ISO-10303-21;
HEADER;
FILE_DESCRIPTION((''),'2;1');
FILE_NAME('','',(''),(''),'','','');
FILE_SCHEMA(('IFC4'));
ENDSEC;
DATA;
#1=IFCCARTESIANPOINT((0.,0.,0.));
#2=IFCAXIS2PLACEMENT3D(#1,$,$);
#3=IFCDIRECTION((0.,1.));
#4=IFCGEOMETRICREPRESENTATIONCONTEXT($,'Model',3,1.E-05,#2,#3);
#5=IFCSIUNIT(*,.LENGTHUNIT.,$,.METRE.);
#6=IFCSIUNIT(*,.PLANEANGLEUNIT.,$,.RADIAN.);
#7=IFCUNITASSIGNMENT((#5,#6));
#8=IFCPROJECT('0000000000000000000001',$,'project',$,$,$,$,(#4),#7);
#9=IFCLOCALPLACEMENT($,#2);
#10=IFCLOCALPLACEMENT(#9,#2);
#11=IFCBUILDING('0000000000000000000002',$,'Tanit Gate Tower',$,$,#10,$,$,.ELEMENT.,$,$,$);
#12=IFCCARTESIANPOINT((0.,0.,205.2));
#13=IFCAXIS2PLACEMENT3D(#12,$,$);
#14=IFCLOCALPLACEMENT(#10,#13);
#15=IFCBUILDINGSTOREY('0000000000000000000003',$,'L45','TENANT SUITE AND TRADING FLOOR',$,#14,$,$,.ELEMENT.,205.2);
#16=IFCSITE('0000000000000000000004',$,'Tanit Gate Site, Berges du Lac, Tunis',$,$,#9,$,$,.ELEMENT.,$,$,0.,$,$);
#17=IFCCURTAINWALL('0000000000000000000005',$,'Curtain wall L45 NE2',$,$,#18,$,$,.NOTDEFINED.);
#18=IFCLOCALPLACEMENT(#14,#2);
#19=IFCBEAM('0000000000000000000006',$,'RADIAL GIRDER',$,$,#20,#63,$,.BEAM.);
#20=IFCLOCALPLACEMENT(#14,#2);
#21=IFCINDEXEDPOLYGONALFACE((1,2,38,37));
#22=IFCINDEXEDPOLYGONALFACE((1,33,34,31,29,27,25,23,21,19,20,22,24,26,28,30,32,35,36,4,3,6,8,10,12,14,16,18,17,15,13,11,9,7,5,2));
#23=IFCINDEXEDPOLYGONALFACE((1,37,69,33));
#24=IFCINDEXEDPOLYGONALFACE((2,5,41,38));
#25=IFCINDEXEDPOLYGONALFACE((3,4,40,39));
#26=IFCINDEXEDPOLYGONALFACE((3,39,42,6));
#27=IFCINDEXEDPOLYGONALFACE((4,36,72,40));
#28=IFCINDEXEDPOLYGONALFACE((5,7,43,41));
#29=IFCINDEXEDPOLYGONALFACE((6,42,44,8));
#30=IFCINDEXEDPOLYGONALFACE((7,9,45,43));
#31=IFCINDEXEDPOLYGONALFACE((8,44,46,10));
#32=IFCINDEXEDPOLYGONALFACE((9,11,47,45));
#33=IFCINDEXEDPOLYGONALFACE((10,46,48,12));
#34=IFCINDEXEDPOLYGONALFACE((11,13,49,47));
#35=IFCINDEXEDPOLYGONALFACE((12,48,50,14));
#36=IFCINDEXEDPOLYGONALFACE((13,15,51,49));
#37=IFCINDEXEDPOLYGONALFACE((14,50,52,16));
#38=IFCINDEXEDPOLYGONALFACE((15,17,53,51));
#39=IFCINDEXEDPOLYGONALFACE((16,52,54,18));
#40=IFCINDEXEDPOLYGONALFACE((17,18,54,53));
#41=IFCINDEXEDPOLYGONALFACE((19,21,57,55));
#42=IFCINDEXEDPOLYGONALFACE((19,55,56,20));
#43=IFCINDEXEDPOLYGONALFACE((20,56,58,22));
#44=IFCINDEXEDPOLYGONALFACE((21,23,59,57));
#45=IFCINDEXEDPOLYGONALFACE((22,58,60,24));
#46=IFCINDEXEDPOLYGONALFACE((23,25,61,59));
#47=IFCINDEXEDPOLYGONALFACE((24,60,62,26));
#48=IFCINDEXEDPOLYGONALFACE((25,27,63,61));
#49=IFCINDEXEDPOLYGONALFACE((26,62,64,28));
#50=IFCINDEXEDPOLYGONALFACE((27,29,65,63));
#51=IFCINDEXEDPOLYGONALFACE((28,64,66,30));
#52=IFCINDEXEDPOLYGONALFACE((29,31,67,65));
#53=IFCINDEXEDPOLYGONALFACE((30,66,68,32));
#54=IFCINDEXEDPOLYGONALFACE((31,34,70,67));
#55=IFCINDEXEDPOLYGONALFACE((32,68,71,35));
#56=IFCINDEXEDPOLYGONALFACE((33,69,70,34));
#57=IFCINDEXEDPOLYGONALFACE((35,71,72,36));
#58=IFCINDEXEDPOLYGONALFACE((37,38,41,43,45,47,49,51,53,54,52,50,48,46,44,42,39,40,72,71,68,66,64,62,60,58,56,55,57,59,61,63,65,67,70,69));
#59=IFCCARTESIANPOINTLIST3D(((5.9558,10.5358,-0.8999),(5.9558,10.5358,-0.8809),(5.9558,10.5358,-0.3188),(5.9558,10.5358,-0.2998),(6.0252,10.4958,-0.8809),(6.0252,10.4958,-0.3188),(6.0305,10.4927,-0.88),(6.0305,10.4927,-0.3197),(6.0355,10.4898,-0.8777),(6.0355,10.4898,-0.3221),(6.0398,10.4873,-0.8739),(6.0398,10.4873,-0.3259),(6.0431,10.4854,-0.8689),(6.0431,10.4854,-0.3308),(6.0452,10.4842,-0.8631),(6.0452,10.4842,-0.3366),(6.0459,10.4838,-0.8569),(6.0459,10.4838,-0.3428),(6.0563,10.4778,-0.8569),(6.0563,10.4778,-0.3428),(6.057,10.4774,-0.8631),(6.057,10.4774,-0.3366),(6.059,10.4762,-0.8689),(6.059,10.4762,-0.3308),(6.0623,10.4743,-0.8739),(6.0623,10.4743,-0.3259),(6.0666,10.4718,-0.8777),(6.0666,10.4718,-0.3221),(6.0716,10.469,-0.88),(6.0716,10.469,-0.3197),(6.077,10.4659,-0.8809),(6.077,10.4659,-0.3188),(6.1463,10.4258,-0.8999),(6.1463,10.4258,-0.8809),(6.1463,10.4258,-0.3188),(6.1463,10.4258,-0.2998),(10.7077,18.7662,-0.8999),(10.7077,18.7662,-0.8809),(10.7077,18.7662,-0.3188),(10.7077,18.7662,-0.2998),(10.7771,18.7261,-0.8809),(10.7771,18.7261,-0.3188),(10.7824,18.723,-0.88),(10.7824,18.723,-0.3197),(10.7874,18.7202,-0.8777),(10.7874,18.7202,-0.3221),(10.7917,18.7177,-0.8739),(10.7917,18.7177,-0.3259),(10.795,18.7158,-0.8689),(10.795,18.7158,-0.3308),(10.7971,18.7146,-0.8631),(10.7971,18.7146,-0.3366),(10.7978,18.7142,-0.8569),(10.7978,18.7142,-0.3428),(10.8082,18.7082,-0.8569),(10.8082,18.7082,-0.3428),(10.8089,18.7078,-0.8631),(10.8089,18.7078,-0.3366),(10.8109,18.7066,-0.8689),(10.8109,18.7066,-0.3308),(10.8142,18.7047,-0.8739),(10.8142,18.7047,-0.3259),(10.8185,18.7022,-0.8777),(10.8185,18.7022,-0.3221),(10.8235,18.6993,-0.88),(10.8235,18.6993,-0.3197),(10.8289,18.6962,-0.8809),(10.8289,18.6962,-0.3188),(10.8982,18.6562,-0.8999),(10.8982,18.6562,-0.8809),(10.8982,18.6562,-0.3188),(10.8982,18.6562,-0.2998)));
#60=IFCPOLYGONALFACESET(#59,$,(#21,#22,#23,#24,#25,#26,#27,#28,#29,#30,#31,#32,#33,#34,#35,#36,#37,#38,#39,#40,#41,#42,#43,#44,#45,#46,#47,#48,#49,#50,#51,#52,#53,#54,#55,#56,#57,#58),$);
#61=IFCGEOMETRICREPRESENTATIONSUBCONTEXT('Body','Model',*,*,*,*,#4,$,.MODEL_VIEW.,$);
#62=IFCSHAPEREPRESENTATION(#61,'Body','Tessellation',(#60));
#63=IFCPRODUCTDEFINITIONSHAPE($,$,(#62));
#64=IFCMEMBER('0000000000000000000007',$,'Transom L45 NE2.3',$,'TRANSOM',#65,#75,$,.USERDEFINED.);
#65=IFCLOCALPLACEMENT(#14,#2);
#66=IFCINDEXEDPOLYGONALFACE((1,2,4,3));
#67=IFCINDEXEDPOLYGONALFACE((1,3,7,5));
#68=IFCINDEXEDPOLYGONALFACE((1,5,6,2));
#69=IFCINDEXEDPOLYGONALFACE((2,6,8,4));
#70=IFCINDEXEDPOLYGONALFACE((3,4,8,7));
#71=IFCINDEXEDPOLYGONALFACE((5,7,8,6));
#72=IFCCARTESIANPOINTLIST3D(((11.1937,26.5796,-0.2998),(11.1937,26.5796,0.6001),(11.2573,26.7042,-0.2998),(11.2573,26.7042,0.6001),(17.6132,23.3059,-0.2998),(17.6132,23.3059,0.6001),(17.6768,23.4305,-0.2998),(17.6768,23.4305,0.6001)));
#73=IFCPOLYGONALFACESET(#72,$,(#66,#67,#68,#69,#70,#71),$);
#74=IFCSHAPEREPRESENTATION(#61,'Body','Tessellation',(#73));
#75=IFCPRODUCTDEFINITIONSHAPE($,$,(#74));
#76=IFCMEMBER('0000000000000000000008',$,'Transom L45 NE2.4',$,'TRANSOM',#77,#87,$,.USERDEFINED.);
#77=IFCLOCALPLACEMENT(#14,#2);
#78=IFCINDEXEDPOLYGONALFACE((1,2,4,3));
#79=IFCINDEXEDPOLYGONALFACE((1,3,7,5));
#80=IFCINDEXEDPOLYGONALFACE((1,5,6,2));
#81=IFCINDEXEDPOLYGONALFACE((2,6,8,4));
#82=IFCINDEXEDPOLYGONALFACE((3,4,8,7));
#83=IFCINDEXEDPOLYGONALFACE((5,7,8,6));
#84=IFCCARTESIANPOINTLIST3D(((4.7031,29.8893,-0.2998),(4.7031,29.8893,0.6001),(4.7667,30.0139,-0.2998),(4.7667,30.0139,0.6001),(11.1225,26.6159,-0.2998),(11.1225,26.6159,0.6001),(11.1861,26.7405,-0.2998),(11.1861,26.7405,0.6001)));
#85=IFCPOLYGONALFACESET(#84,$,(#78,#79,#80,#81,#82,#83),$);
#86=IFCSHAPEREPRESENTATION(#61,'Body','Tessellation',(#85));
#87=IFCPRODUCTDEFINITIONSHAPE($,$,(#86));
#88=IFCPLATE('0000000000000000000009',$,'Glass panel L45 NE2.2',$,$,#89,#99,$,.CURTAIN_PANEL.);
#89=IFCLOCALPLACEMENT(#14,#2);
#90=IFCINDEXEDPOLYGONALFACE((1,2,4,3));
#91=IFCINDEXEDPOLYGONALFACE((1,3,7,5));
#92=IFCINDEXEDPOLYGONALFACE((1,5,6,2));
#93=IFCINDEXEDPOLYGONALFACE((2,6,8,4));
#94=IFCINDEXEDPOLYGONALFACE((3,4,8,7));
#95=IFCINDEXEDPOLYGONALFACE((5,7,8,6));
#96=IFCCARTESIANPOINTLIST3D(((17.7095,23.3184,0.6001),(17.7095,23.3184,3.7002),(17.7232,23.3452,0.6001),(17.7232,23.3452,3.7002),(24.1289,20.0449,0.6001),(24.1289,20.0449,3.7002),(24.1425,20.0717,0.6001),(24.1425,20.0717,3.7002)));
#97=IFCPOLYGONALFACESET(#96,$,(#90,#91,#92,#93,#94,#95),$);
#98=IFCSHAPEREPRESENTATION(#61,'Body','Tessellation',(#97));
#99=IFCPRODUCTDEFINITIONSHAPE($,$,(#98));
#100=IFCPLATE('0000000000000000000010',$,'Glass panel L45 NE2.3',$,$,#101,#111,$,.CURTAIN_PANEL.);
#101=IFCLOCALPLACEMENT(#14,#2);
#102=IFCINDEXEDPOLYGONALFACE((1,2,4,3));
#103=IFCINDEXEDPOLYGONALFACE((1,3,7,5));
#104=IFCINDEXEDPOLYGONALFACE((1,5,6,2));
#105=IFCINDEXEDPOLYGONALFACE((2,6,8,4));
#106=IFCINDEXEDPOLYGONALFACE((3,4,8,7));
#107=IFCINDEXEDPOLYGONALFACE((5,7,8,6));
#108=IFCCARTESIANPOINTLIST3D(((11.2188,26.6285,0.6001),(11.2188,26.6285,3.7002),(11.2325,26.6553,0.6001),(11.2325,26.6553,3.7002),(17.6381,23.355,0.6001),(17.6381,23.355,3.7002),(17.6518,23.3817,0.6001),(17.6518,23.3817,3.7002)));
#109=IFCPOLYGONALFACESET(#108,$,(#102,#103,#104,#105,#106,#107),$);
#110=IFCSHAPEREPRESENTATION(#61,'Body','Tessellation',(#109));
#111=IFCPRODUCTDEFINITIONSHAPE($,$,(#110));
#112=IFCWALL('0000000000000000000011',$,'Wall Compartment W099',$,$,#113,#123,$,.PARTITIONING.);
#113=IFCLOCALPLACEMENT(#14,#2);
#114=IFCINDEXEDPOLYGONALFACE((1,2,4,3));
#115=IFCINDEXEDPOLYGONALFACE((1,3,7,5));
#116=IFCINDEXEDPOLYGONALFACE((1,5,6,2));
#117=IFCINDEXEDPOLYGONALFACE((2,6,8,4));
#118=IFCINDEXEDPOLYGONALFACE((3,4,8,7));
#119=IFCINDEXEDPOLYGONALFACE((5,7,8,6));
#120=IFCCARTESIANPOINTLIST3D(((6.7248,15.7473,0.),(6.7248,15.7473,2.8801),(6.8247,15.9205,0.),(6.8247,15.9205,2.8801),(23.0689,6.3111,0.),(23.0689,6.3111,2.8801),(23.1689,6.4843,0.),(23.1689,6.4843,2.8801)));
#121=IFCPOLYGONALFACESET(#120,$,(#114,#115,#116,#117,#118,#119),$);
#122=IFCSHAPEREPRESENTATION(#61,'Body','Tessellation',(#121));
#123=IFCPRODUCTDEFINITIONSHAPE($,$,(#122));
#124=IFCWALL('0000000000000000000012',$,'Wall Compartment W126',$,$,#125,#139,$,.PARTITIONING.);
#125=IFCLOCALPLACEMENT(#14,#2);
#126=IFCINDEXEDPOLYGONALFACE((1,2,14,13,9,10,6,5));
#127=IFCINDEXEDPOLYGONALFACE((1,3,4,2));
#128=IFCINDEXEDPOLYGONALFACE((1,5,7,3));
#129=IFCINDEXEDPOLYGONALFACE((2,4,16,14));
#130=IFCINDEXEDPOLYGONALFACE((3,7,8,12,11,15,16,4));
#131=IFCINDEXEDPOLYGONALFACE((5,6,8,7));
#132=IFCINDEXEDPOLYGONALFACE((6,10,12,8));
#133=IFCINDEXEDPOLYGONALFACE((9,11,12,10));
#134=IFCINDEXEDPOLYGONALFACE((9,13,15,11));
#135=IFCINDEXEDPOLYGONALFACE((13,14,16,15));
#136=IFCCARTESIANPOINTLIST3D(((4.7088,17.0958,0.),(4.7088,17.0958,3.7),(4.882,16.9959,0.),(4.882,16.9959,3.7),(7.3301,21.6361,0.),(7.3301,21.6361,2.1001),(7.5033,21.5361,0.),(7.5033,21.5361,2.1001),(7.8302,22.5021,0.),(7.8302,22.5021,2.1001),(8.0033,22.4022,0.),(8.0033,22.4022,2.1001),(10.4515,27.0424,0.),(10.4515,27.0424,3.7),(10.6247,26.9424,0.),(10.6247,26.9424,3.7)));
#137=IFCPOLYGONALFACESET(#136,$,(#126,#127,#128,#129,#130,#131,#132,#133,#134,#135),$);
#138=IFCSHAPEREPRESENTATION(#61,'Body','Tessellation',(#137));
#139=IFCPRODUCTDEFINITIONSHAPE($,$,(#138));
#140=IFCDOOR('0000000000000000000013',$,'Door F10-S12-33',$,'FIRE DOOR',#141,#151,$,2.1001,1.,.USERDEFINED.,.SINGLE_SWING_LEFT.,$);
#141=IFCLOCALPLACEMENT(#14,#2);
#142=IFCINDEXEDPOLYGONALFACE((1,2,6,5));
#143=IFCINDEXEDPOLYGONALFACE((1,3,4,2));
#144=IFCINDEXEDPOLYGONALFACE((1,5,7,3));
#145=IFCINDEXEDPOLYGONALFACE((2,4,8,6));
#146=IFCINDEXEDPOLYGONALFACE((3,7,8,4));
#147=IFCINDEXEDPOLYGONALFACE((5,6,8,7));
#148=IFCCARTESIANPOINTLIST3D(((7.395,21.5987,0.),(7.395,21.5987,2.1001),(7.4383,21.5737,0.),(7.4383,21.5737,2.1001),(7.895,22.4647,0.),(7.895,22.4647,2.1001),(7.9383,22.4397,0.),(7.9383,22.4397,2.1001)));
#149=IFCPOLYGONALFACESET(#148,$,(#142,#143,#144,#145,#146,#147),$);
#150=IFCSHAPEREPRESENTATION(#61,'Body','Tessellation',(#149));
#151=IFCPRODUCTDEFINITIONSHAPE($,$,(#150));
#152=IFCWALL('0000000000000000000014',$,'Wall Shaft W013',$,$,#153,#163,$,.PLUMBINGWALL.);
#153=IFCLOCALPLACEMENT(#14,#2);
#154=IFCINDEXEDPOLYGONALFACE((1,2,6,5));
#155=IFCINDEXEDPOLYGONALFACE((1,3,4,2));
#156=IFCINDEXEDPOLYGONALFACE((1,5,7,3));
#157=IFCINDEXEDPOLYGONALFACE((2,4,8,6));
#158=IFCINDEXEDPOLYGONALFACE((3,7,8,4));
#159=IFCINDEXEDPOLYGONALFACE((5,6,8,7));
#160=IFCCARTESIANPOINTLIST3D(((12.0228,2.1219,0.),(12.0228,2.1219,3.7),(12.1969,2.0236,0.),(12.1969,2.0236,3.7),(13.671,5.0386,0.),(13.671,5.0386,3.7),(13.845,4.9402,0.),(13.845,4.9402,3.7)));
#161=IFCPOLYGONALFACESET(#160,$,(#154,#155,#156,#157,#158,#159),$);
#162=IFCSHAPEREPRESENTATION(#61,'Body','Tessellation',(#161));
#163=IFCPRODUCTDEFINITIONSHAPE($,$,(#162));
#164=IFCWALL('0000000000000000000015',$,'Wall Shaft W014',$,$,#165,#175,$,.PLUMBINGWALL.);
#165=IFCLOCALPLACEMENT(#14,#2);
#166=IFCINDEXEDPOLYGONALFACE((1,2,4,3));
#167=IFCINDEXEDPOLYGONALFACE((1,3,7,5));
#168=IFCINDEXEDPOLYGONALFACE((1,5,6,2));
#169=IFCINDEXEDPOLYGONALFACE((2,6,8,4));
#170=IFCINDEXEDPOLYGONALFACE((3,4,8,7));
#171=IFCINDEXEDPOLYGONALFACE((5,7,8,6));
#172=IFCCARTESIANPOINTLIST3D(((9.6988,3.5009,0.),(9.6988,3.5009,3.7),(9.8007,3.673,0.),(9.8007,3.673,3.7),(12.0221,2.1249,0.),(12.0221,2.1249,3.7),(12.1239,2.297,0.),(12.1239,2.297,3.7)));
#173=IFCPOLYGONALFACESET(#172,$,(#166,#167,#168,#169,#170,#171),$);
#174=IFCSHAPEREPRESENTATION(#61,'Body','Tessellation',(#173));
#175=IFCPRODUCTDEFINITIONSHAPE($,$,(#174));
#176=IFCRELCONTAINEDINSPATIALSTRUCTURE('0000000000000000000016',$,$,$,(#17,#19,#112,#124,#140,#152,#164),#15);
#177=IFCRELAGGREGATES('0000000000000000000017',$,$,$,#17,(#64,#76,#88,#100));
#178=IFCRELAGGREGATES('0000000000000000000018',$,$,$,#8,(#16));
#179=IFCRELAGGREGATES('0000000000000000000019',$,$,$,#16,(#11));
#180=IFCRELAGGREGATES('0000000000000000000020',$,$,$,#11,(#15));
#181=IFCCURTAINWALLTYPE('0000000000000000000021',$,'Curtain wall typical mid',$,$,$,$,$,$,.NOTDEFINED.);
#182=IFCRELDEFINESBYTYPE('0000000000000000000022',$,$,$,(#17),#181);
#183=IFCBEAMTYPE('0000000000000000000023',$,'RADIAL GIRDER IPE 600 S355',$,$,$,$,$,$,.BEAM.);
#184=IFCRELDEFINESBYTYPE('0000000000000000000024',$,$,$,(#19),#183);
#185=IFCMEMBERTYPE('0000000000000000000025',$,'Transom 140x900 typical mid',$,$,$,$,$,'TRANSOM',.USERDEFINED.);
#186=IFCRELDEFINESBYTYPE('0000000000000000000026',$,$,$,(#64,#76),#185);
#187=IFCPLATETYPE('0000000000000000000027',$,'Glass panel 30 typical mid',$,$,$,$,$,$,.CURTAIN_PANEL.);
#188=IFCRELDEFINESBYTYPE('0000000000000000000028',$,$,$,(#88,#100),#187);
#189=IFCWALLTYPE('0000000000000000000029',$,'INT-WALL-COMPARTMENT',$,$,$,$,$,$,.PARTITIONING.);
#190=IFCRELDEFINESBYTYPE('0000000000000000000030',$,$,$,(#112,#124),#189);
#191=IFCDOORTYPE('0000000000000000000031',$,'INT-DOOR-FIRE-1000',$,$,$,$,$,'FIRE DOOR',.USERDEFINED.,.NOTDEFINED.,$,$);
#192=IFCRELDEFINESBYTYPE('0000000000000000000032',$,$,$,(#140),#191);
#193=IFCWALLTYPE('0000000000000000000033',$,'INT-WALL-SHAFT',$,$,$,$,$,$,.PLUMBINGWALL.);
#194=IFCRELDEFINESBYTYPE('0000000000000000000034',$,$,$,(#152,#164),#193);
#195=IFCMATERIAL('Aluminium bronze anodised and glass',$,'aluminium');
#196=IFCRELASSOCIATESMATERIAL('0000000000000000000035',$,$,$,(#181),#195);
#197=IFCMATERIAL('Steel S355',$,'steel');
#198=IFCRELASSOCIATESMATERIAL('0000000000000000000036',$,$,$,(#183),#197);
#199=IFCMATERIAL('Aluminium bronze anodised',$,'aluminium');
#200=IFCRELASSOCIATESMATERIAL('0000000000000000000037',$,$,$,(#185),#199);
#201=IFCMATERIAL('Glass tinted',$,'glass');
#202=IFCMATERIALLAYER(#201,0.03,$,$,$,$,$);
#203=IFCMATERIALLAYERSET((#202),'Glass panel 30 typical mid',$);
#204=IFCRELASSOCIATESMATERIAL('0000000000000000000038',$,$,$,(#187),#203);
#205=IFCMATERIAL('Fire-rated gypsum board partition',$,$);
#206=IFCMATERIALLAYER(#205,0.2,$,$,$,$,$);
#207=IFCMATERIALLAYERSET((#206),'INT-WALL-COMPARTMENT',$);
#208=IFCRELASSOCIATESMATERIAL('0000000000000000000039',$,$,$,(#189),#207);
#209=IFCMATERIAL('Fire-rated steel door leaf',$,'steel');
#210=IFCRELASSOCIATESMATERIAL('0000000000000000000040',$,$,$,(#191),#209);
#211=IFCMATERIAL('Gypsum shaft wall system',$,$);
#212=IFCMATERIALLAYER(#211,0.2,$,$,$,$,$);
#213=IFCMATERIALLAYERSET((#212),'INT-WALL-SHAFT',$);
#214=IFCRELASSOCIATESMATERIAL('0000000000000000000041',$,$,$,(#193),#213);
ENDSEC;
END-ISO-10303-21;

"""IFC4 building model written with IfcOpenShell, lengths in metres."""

from ifc_helpers import new_model, si_unit, direction, frame, frame_2d, origin, origin_2d, place, context, subcontext, project, spatial, rectangle, i_section, extrude, material, layer, layer_set, material_profile, profile_set, type_object, element, fill, aggregate, save


model = new_model("IFC4")

# Units and contexts
model_context = context("Model", 3, precision=1e-05, world=origin(), true_north=direction((0.0, 1.0)))
body_context = subcontext(model_context, "Body", "Model", "MODEL_VIEW")
ifc_project = project(units=[si_unit("LENGTHUNIT", "METRE"), si_unit("PLANEANGLEUNIT", "RADIAN")], contexts=[model_context])

# Site, building, storey
site_placement = place(None, origin())
site = spatial("IfcSite", under=ifc_project, at=site_placement, Name="Tanit Gate Site, Berges du Lac, Tunis", CompositionType="ELEMENT", RefElevation=0.0)
building_placement = place(site_placement, origin())
building = spatial("IfcBuilding", under=site, at=building_placement, Name="Tanit Gate Tower", CompositionType="ELEMENT")
storey_placement = place(building_placement, frame((0.0, 0.0, 205.2)))
storey = spatial("IfcBuildingStorey", under=building, at=storey_placement, Name="L45", Description="TENANT SUITE AND TRADING FLOOR", CompositionType="ELEMENT", Elevation=205.2)

# Curtain wall
ifc_material_1 = material(Name="Aluminium bronze anodised and glass", Category="aluminium")
curtain_wall_type = type_object("IfcCurtainWallType", Name="Curtain wall typical mid", PredefinedType="NOTDEFINED", material=ifc_material_1)
curtain_wall_placement = place(storey_placement, origin())
curtain_wall = element("IfcCurtainWall", 1, at=curtain_wall_placement, inside=storey, type_object=curtain_wall_type, Name="Curtain wall L45 NE2", PredefinedType="NOTDEFINED")

# Beam
ifc_material_2 = material(Name="Steel S355", Category="steel")
ifc_material_profile_1 = material_profile(ifc_material_2, i_section(OverallWidth=0.22, OverallDepth=0.6001, WebThickness=0.012, FlangeThickness=0.019, FilletRadius=0.0239, at=origin_2d()), Name="IPE 600")
ifc_profile_set_1 = profile_set([ifc_material_profile_1], Name="Steel S355")
beam_type_1 = type_object("IfcBeamType", Name="RADIAL GIRDER IPE 600 S355", PredefinedType="BEAM", material=ifc_profile_set_1)
beam_1_placement = place(storey_placement, frame((10.803, 18.7112, -0.5999), z_axis=(-0.500007, -0.866021, 0.0), x_axis=(0.866021, -0.500007, 0.0)))
element("IfcBeam", 2, at=beam_1_placement, inside=storey, type_object=beam_type_1, Name="RADIAL GIRDER", PredefinedType="BEAM", context=body_context, shape_type="SweptSolid", body=[
    extrude(i_section(OverallWidth=0.22, OverallDepth=0.6001, WebThickness=0.012, FlangeThickness=0.019, FilletRadius=0.0239, at=origin_2d()), origin(), (0.0, 0.0, 1.0), 9.5037),
])

# Members
ifc_material_3 = material(Name="Aluminium bronze anodised", Category="aluminium")
ifc_material_profile_2 = material_profile(ifc_material_3, rectangle(XDim=0.1399, YDim=0.8999, at=origin_2d()), Name="140x900 bronze transom")
ifc_profile_set_2 = profile_set([ifc_material_profile_2], Name="Aluminium bronze anodised")
member_type_1 = type_object("IfcMemberType", Name="Transom 140x900 typical mid", ElementType="TRANSOM", PredefinedType="USERDEFINED", material=ifc_profile_set_2)
member_1_placement = place(storey_placement, frame((17.645, 23.3682, 0.1501), z_axis=(-0.890848, 0.454301, 0.0), x_axis=(-0.454301, -0.890848, 0.0)))
member_1 = element("IfcMember", 3, at=member_1_placement, type_object=member_type_1, Name="Transom L45 NE2.3", ObjectType="TRANSOM", PredefinedType="USERDEFINED", context=body_context, shape_type="SweptSolid", body=[
    extrude(rectangle(XDim=0.1399, YDim=0.8999, at=origin_2d()), origin(), (0.0, 0.0, 1.0), 7.2061),
])
member_2_placement = place(storey_placement, frame((11.1543, 26.6782, 0.1501), z_axis=(-0.890862, 0.454274, 0.0), x_axis=(-0.454274, -0.890862, 0.0)))
member_2 = element("IfcMember", 4, at=member_2_placement, type_object=member_type_1, Name="Transom L45 NE2.4", ObjectType="TRANSOM", PredefinedType="USERDEFINED", context=body_context, shape_type="SweptSolid", body=[
    extrude(rectangle(XDim=0.1399, YDim=0.8999, at=origin_2d()), origin(), (0.0, 0.0, 1.0), 7.2058),
])

# Plates
ifc_material_4 = material(Name="Glass tinted", Category="glass")
ifc_layer_1 = layer(ifc_material_4, 0.03)
ifc_layer_set_1 = layer_set([ifc_layer_1], Name="Glass panel 30 typical mid")
plate_type = type_object("IfcPlateType", Name="Glass panel 30 typical mid", PredefinedType="CURTAIN_PANEL", material=ifc_layer_set_1)
plate_1_placement = place(storey_placement, frame((20.926, 21.6951, 0.6001), z_axis=(0.0, 0.0, 1.0), x_axis=(-0.890855, 0.454288, 0.0)))
plate_1 = element("IfcPlate", 5, at=plate_1_placement, type_object=plate_type, Name="Glass panel L45 NE2.2", PredefinedType="CURTAIN_PANEL", context=body_context, shape_type="SweptSolid", body=[
    extrude(rectangle(XDim=7.2058, YDim=0.03, at=origin_2d()), origin(), (0.0, 0.0, 1.0), 3.1001),
])
plate_2_placement = place(storey_placement, frame((14.4353, 25.0051, 0.6001), z_axis=(0.0, 0.0, 1.0), x_axis=(-0.890855, 0.454288, 0.0)))
plate_2 = element("IfcPlate", 6, at=plate_2_placement, type_object=plate_type, Name="Glass panel L45 NE2.3", PredefinedType="CURTAIN_PANEL", context=body_context, shape_type="SweptSolid", body=[
    extrude(rectangle(XDim=7.2058, YDim=0.03, at=origin_2d()), origin(), (0.0, 0.0, 1.0), 3.1001),
])
aggregate(curtain_wall, [member_1, member_2, plate_1, plate_2])

# Wall
ifc_material_5 = material(Name="Fire-rated gypsum board partition")
ifc_layer_2 = layer(ifc_material_5, 0.2)
ifc_layer_set_2 = layer_set([ifc_layer_2], Name="INT-WALL-COMPARTMENT")
wall_type_1 = type_object("IfcWallType", Name="INT-WALL-COMPARTMENT", PredefinedType="PARTITIONING", material=ifc_layer_set_2)
wall_1_placement = place(storey_placement, frame((23.1189, 6.3977, 0.0), z_axis=(0.0, 0.0, 1.0), x_axis=(-0.866027, 0.499997, 0.0)))
element("IfcWall", 7, at=wall_1_placement, inside=storey, type_object=wall_type_1, Name="Wall Compartment W099", PredefinedType="PARTITIONING", context=body_context, shape_type="SweptSolid", body=[
    extrude(rectangle(XDim=18.8726, YDim=0.2, at=frame_2d((9.4363, 0.0))), origin(), (0.0, 0.0, 1.0), 2.8801),
])

# Wall, opening, door
wall_2_placement = place(storey_placement, frame((10.5381, 26.9924, 0.0), z_axis=(0.0, 0.0, 1.0), x_axis=(-0.500003, -0.866024, 0.0)))
wall_2 = element("IfcWall", 8, at=wall_2_placement, inside=storey, type_object=wall_type_1, Name="Wall Compartment W126", PredefinedType="PARTITIONING", context=body_context, shape_type="SweptSolid", body=[
    extrude(rectangle(XDim=11.4854, YDim=0.2, at=frame_2d((5.7427, 0.0))), origin(), (0.0, 0.0, 1.0), 3.7),
])
opening_1_placement = place(wall_2_placement, frame((5.2427, 0.0, 0.0)))
opening_1 = element("IfcOpeningElement", 9, at=opening_1_placement, cuts=wall_2, PredefinedType="OPENING", context=body_context, shape_type="SweptSolid", body=[
    extrude(rectangle(XDim=1.0, YDim=2.1001, at=frame_2d((0.5, 1.05))), frame((0.0, 0.1099, 0.0), z_axis=(0.0, -1.0, 0.0), x_axis=(1.0, 0.0, 0.0)), (0.0, 0.0, 1.0), 0.22),
])
ifc_material_6 = material(Name="Fire-rated steel door leaf", Category="steel")
door_type_1 = type_object("IfcDoorType", Name="INT-DOOR-FIRE-1000", ElementType="FIRE DOOR", OperationType="NOTDEFINED", PredefinedType="USERDEFINED", material=ifc_material_6)
door_1_placement = place(opening_1_placement, origin())
door_1 = element("IfcDoor", 10, at=door_1_placement, inside=storey, type_object=door_type_1, Name="Door F10-S12-33", ObjectType="FIRE DOOR", OperationType="SINGLE_SWING_LEFT", OverallHeight=2.1001, OverallWidth=1.0, PredefinedType="USERDEFINED", context=body_context, shape_type="SweptSolid", body=[
    extrude(rectangle(XDim=1.0, YDim=2.1001, at=frame_2d((0.5, 1.05))), frame((0.0, 0.0249, 0.0), z_axis=(0.0, -1.0, 0.0), x_axis=(1.0, 0.0, 0.0)), (0.0, 0.0, 1.0), 0.05),
])
fill(opening_1, door_1)

# Walls
ifc_material_7 = material(Name="Gypsum shaft wall system")
ifc_layer_3 = layer(ifc_material_7, 0.2)
ifc_layer_set_3 = layer_set([ifc_layer_3], Name="INT-WALL-SHAFT")
wall_type_2 = type_object("IfcWallType", Name="INT-WALL-SHAFT", PredefinedType="PLUMBINGWALL", material=ifc_layer_set_3)
wall_3_placement = place(storey_placement, frame((12.1099, 2.0728, 0.0), z_axis=(0.0, 0.0, 1.0), x_axis=(0.491966, 0.870614, 0.0)))
element("IfcWall", 11, at=wall_3_placement, inside=storey, type_object=wall_type_2, Name="Wall Shaft W013", PredefinedType="PLUMBINGWALL", context=body_context, shape_type="SweptSolid", body=[
    extrude(rectangle(XDim=3.3501, YDim=0.2, at=frame_2d((1.675, 0.0))), origin(), (0.0, 0.0, 1.0), 3.7),
])
wall_4_placement = place(storey_placement, frame((12.073, 2.2109, 0.0), z_axis=(0.0, 0.0, 1.0), x_axis=(-0.860415, 0.509594, 0.0)))
element("IfcWall", 12, at=wall_4_placement, inside=storey, type_object=wall_type_2, Name="Wall Shaft W014", PredefinedType="PLUMBINGWALL", context=body_context, shape_type="SweptSolid", body=[
    extrude(rectangle(XDim=2.7002, YDim=0.2, at=frame_2d((1.3501, 0.0))), origin(), (0.0, 0.0, 1.0), 3.7),
])

save(model, "model.ifc")
